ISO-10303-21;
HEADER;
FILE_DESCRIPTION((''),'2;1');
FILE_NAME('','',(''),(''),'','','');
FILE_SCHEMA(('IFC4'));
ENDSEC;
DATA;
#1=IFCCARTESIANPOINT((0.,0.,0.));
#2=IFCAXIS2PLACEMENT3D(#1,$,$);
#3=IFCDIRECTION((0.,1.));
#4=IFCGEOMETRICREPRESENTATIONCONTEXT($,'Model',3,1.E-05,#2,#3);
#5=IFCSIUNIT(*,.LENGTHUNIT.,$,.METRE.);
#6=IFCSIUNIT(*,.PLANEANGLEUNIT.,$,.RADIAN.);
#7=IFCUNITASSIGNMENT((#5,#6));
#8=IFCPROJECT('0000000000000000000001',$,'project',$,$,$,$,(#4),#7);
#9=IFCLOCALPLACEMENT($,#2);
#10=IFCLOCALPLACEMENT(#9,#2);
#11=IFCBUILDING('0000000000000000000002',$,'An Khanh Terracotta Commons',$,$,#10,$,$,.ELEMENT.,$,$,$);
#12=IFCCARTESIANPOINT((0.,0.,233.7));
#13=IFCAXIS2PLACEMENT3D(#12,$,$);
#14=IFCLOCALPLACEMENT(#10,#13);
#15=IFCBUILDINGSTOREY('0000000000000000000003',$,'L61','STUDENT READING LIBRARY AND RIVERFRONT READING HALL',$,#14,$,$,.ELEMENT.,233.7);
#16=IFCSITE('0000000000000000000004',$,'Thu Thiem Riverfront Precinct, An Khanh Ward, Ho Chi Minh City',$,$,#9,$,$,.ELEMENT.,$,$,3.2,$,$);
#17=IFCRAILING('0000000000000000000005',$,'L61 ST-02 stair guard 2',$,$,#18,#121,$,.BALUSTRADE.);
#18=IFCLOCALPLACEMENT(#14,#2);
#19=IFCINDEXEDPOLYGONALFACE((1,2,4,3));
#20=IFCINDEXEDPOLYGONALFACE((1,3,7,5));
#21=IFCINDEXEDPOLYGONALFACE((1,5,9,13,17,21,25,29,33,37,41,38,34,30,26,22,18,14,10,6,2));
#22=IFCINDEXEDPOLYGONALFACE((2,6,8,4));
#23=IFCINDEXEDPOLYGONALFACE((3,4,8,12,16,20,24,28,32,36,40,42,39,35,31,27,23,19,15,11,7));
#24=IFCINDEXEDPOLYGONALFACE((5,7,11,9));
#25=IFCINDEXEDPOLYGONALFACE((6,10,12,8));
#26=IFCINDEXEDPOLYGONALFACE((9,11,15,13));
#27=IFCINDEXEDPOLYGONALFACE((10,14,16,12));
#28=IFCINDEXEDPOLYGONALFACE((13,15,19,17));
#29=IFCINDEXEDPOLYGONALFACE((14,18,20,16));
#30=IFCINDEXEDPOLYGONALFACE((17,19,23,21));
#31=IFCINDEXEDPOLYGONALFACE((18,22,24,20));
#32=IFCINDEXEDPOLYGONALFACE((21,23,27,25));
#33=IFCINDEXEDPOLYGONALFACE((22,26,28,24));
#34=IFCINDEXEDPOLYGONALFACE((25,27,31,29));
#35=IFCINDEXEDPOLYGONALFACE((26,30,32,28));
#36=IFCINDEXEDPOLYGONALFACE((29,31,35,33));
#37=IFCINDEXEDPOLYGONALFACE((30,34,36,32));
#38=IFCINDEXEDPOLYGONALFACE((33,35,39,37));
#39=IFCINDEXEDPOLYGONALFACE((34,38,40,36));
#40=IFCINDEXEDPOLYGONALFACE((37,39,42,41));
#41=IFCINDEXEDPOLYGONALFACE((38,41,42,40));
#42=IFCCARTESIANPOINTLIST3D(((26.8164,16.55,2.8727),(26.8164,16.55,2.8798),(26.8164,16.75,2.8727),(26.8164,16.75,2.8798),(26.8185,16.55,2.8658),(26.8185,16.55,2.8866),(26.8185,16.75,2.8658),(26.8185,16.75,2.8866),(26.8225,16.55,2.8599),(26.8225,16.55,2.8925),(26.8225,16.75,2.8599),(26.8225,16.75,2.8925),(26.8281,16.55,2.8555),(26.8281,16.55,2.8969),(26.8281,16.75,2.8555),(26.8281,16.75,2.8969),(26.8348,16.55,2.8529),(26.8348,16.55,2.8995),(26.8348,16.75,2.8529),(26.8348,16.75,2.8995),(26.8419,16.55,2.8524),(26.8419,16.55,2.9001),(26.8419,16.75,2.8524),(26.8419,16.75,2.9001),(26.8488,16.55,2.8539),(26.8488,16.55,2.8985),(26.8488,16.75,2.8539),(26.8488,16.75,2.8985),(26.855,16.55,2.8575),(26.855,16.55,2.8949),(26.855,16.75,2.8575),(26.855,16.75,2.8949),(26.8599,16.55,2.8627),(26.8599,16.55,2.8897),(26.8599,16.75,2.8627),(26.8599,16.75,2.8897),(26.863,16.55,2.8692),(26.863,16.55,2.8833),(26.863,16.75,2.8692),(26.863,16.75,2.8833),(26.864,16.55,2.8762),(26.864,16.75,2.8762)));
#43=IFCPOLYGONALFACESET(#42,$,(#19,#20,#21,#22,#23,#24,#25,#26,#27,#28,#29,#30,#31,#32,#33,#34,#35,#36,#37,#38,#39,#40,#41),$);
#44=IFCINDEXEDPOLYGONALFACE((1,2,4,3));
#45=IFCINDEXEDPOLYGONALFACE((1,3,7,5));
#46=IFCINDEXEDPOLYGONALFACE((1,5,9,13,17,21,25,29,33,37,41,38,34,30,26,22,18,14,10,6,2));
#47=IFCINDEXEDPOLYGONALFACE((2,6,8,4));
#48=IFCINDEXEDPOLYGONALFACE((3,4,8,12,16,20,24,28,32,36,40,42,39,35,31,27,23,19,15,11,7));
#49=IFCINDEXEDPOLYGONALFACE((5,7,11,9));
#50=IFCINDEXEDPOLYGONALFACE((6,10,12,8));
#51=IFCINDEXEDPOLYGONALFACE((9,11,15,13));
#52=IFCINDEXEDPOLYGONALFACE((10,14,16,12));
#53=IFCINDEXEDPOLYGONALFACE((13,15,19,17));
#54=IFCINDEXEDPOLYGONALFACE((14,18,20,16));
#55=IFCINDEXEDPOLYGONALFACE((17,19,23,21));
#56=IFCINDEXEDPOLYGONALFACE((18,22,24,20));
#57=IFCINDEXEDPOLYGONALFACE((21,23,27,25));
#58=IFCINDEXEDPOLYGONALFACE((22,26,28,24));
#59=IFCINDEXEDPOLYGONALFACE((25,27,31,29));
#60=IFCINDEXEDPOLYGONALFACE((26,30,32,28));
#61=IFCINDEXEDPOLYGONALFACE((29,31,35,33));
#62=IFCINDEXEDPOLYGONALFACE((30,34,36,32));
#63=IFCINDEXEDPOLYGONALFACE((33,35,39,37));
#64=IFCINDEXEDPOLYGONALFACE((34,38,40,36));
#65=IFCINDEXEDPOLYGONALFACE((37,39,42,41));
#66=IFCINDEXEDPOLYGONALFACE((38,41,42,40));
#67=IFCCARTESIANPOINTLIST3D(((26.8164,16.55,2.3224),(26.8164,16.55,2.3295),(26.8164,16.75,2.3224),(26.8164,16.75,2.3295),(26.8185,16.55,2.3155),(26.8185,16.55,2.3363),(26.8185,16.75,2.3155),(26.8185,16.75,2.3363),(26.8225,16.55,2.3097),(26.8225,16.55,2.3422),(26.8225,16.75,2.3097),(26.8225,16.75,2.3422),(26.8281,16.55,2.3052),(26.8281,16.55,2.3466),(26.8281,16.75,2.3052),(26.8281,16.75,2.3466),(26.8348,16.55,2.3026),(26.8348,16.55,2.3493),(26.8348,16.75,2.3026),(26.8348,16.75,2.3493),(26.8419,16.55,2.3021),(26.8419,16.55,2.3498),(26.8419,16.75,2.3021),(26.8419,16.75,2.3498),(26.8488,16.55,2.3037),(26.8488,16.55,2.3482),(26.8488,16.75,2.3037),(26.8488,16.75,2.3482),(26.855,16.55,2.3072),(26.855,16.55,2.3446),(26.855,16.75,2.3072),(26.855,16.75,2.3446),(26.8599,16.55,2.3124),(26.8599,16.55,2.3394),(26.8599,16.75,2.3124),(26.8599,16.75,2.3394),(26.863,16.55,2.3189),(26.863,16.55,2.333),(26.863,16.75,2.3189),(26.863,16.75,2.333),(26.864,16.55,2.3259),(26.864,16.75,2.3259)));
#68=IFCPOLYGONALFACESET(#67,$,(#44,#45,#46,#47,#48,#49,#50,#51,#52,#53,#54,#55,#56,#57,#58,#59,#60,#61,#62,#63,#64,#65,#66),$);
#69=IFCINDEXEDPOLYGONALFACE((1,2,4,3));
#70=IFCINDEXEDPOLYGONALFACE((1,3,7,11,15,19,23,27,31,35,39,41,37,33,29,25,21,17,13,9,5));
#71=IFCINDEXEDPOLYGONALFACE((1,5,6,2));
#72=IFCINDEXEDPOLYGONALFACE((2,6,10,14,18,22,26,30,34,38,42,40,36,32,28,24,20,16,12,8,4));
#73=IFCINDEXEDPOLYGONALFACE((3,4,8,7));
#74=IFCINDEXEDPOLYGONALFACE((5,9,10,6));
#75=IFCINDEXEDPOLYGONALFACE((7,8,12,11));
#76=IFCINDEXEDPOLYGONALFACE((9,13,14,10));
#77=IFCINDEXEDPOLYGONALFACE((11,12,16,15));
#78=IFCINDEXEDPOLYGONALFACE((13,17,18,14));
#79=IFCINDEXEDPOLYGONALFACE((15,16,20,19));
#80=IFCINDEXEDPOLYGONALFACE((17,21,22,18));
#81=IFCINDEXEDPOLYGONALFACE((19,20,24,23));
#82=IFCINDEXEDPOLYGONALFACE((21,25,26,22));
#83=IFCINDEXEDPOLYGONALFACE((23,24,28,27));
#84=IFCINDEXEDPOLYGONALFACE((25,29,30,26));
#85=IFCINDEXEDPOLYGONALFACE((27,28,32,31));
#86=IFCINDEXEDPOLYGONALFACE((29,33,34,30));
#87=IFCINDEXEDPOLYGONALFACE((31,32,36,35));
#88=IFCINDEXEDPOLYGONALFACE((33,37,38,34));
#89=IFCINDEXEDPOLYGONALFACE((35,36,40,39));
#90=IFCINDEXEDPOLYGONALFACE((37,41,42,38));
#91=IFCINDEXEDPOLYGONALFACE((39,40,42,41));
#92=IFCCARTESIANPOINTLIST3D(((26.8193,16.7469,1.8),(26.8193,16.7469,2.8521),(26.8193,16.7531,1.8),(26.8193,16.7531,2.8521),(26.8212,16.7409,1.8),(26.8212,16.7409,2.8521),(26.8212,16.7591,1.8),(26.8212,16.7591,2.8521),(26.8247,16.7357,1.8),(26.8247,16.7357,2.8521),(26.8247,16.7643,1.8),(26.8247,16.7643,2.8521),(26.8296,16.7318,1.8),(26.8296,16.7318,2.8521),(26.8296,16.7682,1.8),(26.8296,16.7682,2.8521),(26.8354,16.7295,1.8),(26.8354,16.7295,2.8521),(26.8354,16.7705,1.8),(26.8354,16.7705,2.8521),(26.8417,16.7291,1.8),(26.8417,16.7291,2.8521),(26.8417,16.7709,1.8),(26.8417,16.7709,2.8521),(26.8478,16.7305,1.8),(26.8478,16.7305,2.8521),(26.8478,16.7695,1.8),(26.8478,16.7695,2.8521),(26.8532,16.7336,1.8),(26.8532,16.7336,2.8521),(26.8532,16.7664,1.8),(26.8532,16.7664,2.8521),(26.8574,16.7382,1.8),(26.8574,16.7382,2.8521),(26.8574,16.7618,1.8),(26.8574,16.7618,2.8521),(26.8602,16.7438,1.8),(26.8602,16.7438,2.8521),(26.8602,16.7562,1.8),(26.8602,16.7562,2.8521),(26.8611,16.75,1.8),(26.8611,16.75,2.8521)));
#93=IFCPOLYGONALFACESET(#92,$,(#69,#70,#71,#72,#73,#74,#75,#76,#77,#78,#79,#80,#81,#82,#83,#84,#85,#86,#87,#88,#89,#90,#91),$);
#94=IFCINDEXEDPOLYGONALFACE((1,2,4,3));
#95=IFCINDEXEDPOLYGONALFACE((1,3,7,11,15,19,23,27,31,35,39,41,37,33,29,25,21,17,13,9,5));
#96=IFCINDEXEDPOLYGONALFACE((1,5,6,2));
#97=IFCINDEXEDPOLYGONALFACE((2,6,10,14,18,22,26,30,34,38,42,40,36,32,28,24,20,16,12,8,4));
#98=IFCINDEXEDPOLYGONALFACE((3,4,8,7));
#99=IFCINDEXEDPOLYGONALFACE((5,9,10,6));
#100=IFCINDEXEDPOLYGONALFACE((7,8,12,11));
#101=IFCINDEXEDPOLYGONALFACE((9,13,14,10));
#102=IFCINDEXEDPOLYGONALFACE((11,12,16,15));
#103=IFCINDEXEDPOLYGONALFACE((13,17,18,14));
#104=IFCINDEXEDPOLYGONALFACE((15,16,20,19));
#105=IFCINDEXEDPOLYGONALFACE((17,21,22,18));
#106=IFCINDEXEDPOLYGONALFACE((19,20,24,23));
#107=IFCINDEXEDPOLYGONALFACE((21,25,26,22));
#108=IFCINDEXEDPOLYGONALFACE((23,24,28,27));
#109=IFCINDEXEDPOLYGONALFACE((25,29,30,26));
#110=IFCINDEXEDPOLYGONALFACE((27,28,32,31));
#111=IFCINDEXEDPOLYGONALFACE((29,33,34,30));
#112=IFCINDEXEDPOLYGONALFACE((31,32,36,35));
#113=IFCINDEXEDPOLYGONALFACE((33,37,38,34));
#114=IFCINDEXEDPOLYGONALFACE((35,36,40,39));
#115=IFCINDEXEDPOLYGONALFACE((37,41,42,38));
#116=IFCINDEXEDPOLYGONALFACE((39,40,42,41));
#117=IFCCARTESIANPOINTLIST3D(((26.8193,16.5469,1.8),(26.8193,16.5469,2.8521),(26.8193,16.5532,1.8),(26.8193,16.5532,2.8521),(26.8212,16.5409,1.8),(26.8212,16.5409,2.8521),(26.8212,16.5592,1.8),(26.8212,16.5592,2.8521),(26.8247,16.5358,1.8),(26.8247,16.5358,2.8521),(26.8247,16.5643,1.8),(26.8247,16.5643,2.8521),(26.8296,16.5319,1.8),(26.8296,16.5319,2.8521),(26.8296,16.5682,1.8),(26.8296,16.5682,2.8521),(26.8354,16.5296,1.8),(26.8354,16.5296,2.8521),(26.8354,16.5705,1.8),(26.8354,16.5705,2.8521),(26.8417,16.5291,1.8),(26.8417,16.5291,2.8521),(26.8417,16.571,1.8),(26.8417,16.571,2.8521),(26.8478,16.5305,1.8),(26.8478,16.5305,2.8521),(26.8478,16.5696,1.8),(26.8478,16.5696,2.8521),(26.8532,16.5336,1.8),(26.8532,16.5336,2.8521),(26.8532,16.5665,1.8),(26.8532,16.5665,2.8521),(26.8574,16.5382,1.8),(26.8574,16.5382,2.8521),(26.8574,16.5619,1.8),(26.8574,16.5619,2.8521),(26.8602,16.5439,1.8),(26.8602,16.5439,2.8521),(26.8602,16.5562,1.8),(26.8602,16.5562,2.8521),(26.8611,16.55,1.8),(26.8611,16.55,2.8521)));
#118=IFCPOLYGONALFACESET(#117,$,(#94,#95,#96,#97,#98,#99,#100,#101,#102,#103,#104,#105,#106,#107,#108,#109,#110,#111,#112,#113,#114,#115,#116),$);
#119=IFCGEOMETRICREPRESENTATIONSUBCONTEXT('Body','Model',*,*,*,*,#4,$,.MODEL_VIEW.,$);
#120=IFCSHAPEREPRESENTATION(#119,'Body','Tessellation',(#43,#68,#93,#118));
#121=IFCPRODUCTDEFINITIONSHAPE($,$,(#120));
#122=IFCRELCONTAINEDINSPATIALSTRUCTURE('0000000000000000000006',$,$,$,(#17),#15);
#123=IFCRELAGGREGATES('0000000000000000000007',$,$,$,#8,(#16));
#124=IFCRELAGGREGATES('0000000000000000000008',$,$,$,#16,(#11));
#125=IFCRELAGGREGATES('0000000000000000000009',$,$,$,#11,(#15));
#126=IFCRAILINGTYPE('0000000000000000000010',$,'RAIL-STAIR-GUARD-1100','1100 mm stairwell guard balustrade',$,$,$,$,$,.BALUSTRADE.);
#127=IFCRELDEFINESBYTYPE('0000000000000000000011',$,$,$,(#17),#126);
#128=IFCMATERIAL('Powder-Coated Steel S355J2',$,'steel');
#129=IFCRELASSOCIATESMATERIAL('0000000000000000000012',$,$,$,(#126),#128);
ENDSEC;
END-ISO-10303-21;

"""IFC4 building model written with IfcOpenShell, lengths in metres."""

from ifc_helpers import new_model, si_unit, direction, frame, origin, origin_2d, place, context, subcontext, project, spatial, circle, extrude, material, type_object, element, save


model = new_model("IFC4")

# Units and contexts
model_context = context("Model", 3, precision=1e-05, world=origin(), true_north=direction((0.0, 1.0)))
body_context = subcontext(model_context, "Body", "Model", "MODEL_VIEW")
ifc_project = project(units=[si_unit("LENGTHUNIT", "METRE"), si_unit("PLANEANGLEUNIT", "RADIAN")], contexts=[model_context])

# Site, building, storey
site_placement = place(None, origin())
site = spatial("IfcSite", under=ifc_project, at=site_placement, Name="Thu Thiem Riverfront Precinct, An Khanh Ward, Ho Chi Minh City", CompositionType="ELEMENT", RefElevation=3.2)
building_placement = place(site_placement, origin())
building = spatial("IfcBuilding", under=site, at=building_placement, Name="An Khanh Terracotta Commons", CompositionType="ELEMENT")
storey_placement = place(building_placement, frame((0.0, 0.0, 233.7)))
storey = spatial("IfcBuildingStorey", under=building, at=storey_placement, Name="L61", Description="STUDENT READING LIBRARY AND RIVERFRONT READING HALL", CompositionType="ELEMENT", Elevation=233.7)

# Railing
ifc_material_1 = material(Name="Powder-Coated Steel S355J2", Category="steel")
railing_type_1 = type_object("IfcRailingType", Name="RAIL-STAIR-GUARD-1100", Description="1100 mm stairwell guard balustrade", PredefinedType="BALUSTRADE", material=ifc_material_1)
railing_1_placement = place(storey_placement, frame((26.8401, 16.75, 1.8)))
element("IfcRailing", 1, at=railing_1_placement, inside=storey, type_object=railing_type_1, Name="L61 ST-02 stair guard 2", PredefinedType="BALUSTRADE", context=body_context, shape_type="SweptSolid", body=[
    extrude(circle(Radius=0.0239, at=origin_2d()), frame((0.0, 0.0, 1.0762), z_axis=(0.0, -1.0, 0.0), x_axis=(1.0, 0.0, 0.0)), (0.0, 0.0, 1.0), 0.2),
    extrude(circle(Radius=0.0239, at=origin_2d()), frame((0.0, 0.0, 0.5259), z_axis=(0.0, -1.0, 0.0), x_axis=(1.0, 0.0, 0.0)), (0.0, 0.0, 1.0), 0.2),
    extrude(circle(Radius=0.021, at=origin_2d()), origin(), (0.0, 0.0, 1.0), 1.052),
    extrude(circle(Radius=0.021, at=origin_2d()), frame((0.0, -0.2, 0.0)), (0.0, 0.0, 1.0), 1.052),
])

save(model, "model.ifc")
